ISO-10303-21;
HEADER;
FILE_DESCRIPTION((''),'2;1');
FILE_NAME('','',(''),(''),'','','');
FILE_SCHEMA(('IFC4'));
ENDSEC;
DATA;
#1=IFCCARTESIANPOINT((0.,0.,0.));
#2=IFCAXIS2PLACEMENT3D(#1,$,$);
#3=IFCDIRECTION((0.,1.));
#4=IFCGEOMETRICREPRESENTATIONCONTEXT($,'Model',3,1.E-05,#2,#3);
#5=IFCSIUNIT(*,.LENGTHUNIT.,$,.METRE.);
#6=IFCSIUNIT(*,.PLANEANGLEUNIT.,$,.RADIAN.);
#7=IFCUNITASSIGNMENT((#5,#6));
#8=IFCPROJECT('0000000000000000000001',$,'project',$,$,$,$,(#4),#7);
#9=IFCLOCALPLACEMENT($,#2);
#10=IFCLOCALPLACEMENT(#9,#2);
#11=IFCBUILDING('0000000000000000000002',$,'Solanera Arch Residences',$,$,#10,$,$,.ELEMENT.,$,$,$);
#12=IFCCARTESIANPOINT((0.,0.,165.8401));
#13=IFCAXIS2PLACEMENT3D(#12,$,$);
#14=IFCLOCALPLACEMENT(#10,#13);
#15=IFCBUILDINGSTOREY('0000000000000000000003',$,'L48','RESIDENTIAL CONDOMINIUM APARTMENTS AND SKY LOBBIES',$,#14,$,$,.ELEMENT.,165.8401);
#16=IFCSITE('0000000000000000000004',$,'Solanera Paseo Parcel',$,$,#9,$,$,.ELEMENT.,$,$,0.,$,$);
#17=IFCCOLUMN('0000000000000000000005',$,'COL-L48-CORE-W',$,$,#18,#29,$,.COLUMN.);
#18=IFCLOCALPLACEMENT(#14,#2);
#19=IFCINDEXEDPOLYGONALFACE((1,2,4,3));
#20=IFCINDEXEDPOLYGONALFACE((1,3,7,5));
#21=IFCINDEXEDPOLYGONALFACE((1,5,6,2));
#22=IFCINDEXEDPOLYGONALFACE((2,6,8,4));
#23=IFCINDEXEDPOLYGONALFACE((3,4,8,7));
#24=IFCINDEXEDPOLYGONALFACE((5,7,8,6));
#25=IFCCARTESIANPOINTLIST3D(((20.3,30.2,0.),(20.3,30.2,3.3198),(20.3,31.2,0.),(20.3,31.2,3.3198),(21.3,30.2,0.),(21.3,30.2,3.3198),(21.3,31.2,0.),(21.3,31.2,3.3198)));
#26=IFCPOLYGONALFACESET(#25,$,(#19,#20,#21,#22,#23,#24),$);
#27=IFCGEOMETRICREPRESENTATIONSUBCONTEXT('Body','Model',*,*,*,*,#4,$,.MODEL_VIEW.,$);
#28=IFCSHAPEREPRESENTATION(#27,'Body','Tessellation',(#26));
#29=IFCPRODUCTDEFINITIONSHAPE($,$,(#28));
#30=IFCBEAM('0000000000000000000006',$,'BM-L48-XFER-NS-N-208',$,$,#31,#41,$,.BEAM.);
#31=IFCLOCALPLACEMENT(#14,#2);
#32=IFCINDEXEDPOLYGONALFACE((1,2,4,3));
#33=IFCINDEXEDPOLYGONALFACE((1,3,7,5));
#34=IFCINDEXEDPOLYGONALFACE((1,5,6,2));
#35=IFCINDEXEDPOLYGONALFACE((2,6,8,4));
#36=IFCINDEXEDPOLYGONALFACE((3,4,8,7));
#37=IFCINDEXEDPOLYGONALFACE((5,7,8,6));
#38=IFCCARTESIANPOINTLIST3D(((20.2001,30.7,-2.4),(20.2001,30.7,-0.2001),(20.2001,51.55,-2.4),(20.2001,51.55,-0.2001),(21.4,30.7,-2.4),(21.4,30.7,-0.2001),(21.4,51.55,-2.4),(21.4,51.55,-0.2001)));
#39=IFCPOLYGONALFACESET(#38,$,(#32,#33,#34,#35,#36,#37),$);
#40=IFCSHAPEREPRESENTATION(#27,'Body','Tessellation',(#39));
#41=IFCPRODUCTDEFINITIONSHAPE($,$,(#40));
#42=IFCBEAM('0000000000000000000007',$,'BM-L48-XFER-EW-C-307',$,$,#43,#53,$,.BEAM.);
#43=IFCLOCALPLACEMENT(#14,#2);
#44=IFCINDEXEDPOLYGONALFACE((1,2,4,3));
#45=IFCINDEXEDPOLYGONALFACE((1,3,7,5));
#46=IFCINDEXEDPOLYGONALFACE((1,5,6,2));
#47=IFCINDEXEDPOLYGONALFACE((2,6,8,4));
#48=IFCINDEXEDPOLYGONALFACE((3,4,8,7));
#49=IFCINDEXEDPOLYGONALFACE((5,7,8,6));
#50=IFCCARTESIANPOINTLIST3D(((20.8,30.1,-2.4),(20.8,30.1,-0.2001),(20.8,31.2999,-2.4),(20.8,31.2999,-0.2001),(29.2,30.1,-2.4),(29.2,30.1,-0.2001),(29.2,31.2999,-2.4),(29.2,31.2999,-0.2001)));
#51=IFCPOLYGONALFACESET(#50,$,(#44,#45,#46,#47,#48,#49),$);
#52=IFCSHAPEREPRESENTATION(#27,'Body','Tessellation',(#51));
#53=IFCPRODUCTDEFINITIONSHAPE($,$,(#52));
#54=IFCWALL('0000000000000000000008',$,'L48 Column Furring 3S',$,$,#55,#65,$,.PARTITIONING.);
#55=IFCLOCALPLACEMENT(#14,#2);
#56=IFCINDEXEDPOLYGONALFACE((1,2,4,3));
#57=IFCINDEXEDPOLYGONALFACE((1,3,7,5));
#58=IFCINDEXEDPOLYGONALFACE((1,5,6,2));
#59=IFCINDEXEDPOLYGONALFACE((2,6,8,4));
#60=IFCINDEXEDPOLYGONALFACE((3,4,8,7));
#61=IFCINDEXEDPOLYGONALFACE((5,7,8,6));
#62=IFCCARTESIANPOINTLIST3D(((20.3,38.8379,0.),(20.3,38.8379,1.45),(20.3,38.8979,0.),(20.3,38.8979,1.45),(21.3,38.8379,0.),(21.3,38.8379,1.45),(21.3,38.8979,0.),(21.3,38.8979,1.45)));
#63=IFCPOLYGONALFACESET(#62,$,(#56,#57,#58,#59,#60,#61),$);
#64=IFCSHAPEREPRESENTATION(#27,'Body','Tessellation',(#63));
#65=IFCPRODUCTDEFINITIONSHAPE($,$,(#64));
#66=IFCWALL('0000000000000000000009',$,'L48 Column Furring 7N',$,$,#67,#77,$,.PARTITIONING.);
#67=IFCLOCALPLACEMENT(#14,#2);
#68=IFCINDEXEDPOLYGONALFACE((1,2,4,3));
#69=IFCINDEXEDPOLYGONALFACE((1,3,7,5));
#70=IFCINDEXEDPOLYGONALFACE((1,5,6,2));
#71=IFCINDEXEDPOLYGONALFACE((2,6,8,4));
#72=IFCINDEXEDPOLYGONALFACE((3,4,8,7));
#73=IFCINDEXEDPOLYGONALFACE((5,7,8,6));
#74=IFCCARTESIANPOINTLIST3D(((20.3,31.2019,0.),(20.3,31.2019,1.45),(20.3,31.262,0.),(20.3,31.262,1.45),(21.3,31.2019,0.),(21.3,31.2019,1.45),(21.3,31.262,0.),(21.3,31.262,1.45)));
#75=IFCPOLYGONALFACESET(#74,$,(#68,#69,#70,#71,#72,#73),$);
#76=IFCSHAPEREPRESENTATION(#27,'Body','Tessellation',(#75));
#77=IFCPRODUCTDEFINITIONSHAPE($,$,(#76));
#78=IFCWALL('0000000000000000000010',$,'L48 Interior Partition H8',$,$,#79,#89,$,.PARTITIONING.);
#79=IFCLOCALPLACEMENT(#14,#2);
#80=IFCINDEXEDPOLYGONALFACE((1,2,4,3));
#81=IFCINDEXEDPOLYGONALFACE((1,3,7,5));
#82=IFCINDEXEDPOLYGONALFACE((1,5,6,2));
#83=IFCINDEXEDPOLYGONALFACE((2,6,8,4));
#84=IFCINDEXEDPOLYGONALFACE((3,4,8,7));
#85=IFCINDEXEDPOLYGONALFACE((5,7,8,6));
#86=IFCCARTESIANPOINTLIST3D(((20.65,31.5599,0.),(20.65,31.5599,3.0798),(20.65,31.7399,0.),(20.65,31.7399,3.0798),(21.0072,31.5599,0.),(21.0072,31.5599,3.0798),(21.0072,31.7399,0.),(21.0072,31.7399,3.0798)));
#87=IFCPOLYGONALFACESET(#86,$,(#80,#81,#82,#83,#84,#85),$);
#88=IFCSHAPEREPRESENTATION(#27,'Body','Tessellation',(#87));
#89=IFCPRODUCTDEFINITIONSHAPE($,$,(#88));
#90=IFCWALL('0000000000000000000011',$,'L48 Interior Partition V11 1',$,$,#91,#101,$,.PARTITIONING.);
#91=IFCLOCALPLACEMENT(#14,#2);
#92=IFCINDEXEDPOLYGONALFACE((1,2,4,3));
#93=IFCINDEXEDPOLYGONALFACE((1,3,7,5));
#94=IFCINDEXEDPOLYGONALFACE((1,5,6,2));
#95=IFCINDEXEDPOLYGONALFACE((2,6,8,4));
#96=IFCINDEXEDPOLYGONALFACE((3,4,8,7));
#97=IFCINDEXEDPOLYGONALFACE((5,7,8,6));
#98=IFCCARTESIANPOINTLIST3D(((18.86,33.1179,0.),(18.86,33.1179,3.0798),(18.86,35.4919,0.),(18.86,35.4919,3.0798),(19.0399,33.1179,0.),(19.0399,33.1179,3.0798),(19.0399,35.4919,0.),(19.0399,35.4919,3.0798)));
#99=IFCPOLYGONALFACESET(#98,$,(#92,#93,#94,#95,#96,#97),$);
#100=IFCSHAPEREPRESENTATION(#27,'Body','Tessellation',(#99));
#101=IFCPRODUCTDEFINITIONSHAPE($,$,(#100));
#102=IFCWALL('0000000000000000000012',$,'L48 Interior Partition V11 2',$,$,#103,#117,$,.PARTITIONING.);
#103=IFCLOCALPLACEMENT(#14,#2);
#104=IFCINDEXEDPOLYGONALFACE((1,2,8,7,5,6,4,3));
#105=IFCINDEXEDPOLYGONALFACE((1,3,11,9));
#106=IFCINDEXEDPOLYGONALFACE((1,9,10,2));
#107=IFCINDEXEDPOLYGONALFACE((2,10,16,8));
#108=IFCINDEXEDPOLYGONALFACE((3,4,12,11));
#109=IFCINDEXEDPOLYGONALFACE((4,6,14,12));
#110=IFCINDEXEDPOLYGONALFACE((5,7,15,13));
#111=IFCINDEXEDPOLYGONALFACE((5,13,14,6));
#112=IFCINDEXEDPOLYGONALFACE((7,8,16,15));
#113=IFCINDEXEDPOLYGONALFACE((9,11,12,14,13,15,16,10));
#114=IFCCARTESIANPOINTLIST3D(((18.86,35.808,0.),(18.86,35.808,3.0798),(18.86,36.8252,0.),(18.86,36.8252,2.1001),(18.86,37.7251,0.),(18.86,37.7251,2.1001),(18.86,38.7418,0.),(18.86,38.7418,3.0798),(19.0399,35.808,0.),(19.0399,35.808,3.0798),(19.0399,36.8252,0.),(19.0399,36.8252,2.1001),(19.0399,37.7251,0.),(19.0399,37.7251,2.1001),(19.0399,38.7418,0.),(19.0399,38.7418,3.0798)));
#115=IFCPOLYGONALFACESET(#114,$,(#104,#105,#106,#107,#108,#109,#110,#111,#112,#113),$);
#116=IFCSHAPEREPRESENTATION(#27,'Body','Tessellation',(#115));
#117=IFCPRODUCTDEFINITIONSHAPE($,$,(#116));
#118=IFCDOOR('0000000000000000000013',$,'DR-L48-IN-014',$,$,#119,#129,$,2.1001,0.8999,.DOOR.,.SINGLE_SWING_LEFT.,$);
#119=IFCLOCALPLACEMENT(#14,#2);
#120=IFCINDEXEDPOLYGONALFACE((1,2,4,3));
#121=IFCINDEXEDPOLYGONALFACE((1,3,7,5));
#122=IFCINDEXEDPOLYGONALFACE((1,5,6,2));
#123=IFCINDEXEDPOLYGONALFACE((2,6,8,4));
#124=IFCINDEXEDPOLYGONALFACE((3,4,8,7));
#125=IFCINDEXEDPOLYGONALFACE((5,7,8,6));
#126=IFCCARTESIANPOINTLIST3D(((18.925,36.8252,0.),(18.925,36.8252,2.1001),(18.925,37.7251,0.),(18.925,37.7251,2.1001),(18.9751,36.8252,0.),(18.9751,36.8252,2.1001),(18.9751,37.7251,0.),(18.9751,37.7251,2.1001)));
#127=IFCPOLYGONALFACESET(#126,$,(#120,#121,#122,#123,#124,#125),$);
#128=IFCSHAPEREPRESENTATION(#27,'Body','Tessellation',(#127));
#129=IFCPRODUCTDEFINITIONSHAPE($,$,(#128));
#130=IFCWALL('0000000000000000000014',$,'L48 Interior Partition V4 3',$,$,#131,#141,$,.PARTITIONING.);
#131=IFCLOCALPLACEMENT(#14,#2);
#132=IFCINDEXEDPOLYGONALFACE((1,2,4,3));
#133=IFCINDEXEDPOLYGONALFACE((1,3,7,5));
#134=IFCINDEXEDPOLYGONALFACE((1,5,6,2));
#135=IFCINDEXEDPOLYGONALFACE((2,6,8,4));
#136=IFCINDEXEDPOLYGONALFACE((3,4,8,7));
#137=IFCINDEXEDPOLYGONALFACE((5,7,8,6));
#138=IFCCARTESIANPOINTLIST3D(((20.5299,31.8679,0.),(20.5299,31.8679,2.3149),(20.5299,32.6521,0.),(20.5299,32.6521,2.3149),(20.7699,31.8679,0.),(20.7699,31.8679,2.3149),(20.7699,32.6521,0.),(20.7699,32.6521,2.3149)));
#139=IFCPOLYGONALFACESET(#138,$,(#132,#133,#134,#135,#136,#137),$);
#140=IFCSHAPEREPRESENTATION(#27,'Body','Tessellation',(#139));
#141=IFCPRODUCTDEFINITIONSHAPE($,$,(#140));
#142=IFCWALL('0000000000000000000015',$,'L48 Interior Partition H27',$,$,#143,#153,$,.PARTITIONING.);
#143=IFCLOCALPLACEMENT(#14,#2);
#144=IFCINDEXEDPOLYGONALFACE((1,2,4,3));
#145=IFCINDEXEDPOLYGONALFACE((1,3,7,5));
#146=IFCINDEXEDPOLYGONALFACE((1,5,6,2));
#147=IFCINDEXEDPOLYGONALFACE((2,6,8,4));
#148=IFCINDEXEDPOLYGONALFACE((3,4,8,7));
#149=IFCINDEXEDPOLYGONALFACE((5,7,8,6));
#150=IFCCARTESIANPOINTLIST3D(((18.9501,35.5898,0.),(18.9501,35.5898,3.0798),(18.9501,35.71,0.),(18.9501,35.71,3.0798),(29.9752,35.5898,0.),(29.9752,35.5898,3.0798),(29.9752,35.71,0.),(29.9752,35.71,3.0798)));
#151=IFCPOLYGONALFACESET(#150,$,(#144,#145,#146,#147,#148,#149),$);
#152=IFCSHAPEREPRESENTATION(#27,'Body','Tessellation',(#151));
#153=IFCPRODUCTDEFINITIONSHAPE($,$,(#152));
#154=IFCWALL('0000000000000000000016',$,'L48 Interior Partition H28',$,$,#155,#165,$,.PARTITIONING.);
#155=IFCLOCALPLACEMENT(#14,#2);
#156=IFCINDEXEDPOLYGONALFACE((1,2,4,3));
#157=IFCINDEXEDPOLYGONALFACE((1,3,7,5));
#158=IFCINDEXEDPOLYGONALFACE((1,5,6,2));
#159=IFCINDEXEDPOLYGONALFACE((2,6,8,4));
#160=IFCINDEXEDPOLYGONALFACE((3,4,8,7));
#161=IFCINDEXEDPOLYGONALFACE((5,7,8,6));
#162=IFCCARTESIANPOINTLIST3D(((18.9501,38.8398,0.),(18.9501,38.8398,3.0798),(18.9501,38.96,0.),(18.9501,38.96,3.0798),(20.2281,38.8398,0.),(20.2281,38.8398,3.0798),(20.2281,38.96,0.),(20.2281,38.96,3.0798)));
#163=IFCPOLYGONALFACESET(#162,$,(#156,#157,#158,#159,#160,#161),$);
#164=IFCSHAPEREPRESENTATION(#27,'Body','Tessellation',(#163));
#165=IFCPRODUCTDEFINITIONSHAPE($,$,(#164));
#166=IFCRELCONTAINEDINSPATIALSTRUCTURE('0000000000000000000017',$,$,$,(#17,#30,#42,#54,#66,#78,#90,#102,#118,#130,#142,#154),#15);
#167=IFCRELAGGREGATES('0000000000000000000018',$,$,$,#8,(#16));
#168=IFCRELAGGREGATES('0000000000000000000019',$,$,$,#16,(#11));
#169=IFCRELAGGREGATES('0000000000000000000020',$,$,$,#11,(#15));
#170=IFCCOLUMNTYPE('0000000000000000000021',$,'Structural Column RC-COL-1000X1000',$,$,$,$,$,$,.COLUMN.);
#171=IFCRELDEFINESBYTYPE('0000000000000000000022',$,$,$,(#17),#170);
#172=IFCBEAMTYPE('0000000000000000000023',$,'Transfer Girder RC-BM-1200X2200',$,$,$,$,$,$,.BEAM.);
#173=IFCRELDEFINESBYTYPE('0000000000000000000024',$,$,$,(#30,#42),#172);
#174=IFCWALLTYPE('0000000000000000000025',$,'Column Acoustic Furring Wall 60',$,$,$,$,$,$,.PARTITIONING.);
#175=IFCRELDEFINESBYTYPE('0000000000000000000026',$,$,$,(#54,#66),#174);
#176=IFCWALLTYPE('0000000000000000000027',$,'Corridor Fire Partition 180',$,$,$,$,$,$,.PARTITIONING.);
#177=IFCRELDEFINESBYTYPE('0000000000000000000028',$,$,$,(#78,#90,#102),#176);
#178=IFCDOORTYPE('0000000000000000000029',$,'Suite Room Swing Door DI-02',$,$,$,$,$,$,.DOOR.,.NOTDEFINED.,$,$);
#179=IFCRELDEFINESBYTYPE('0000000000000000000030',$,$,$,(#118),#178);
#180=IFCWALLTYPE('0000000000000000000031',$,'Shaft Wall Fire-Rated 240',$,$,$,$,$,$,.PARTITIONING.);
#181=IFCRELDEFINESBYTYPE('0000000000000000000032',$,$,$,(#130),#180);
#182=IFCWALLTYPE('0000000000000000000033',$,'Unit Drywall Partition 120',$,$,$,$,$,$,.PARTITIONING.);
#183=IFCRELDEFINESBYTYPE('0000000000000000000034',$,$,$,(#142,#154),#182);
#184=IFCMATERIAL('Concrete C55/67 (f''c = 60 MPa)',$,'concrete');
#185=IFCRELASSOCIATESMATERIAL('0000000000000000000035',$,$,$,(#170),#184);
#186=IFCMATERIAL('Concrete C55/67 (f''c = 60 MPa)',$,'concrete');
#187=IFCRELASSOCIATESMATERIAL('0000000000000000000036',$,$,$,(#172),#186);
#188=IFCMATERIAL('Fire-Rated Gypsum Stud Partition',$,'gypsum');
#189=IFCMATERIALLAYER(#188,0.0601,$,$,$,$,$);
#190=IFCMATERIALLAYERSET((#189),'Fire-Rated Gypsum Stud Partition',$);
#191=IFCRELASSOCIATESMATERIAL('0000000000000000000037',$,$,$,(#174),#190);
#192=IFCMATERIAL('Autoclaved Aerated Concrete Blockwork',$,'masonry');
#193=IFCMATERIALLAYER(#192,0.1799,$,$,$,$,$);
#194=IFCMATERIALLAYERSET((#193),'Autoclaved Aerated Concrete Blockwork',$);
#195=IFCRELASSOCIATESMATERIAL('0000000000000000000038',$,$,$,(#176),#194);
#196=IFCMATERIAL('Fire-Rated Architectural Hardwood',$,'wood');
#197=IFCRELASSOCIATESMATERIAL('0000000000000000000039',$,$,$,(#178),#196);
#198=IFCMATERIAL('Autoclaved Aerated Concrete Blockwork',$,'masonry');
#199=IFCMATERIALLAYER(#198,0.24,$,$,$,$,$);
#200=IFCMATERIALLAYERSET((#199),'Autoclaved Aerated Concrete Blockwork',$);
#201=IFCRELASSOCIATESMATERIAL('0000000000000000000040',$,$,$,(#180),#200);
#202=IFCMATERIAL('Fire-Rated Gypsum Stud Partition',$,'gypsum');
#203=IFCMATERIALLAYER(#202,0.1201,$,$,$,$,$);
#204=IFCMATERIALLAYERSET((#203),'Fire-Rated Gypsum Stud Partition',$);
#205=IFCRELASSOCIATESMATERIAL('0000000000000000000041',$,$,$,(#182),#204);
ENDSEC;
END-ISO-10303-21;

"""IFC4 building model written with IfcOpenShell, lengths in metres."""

from ifc_helpers import new_model, si_unit, direction, frame, frame_2d, origin, origin_2d, place, context, subcontext, project, spatial, rectangle, extrude, material, layer, layer_set, material_profile, profile_set, type_object, element, fill, save


model = new_model("IFC4")

# Units and contexts
model_context = context("Model", 3, precision=1e-05, world=origin(), true_north=direction((0.0, 1.0)))
body_context = subcontext(model_context, "Body", "Model", "MODEL_VIEW")
ifc_project = project(units=[si_unit("LENGTHUNIT", "METRE"), si_unit("PLANEANGLEUNIT", "RADIAN")], contexts=[model_context])

# Site, building, storey
site_placement = place(None, origin())
site = spatial("IfcSite", under=ifc_project, at=site_placement, Name="Solanera Paseo Parcel", CompositionType="ELEMENT", RefElevation=0.0)
building_placement = place(site_placement, origin())
building = spatial("IfcBuilding", under=site, at=building_placement, Name="Solanera Arch Residences", CompositionType="ELEMENT")
storey_placement = place(building_placement, frame((0.0, 0.0, 165.8401)))
storey = spatial("IfcBuildingStorey", under=building, at=storey_placement, Name="L48", Description="RESIDENTIAL CONDOMINIUM APARTMENTS AND SKY LOBBIES", CompositionType="ELEMENT", Elevation=165.8401)

# Column
ifc_material_1 = material(Name="Concrete C55/67 (f'c = 60 MPa)", Category="concrete")
ifc_material_profile_1 = material_profile(ifc_material_1, rectangle(XDim=1.0, YDim=1.0, at=origin_2d()))
ifc_profile_set_1 = profile_set([ifc_material_profile_1], Name="Concrete C55/67 (f'c = 60 MPa)")
column_type = type_object("IfcColumnType", Name="Structural Column RC-COL-1000X1000", PredefinedType="COLUMN", material=ifc_profile_set_1)
column_placement = place(storey_placement, frame((20.8, 30.7, 0.0), z_axis=(0.0, 0.0, 1.0), x_axis=(1.0, 0.0, 0.0)))
element("IfcColumn", 1, at=column_placement, inside=storey, type_object=column_type, Name="COL-L48-CORE-W", PredefinedType="COLUMN", context=body_context, shape_type="SweptSolid", body=[
    extrude(rectangle(XDim=1.0, YDim=1.0, at=origin_2d()), origin(), (0.0, 0.0, 1.0), 3.3198),
])

# Beams
ifc_material_2 = material(Name="Concrete C55/67 (f'c = 60 MPa)", Category="concrete")
ifc_material_profile_2 = material_profile(ifc_material_2, rectangle(XDim=1.2, YDim=2.2, at=origin_2d()))
ifc_profile_set_2 = profile_set([ifc_material_profile_2], Name="Concrete C55/67 (f'c = 60 MPa)")
beam_type = type_object("IfcBeamType", Name="Transfer Girder RC-BM-1200X2200", PredefinedType="BEAM", material=ifc_profile_set_2)
beam_1_placement = place(storey_placement, frame((20.8, 30.7, -1.3), z_axis=(0.0, 1.0, 0.0), x_axis=(-1.0, 0.0, 0.0)))
element("IfcBeam", 2, at=beam_1_placement, inside=storey, type_object=beam_type, Name="BM-L48-XFER-NS-N-208", PredefinedType="BEAM", context=body_context, shape_type="SweptSolid", body=[
    extrude(rectangle(XDim=1.2, YDim=2.2, at=origin_2d()), origin(), (0.0, 0.0, 1.0), 20.8501),
])
beam_2_placement = place(storey_placement, frame((20.8, 30.7, -1.3), z_axis=(1.0, 0.0, 0.0), x_axis=(0.0, 1.0, 0.0)))
element("IfcBeam", 3, at=beam_2_placement, inside=storey, type_object=beam_type, Name="BM-L48-XFER-EW-C-307", PredefinedType="BEAM", context=body_context, shape_type="SweptSolid", body=[
    extrude(rectangle(XDim=1.2, YDim=2.2, at=origin_2d()), origin(), (0.0, 0.0, 1.0), 8.3999),
])

# Walls
ifc_material_3 = material(Name="Fire-Rated Gypsum Stud Partition", Category="gypsum")
ifc_layer_1 = layer(ifc_material_3, 0.0601)
ifc_layer_set_1 = layer_set([ifc_layer_1], Name="Fire-Rated Gypsum Stud Partition")
wall_type_1 = type_object("IfcWallType", Name="Column Acoustic Furring Wall 60", PredefinedType="PARTITIONING", material=ifc_layer_set_1)
for number, where, z_axis, x_axis, name in (
    (4, (20.3, 38.8679, 0.0), (0.0, 0.0, 1.0), (1.0, 0.0, 0.0), "L48 Column Furring 3S"),
    (5, (20.3, 31.2319, 0.0), (0.0, 0.0, 1.0), (1.0, 0.0, 0.0), "L48 Column Furring 7N"),
):
    element("IfcWall", number, at=place(storey_placement, frame(where, z_axis=z_axis, x_axis=x_axis)), inside=storey, type_object=wall_type_1, Name=name, PredefinedType="PARTITIONING", context=body_context, shape_type="SweptSolid", body=[
        extrude(rectangle(XDim=1.0, YDim=0.0601, at=frame_2d((0.5, 0.0))), origin(), (0.0, 0.0, 1.0), 1.45),
    ])

# Walls
ifc_material_4 = material(Name="Autoclaved Aerated Concrete Blockwork", Category="masonry")
ifc_layer_2 = layer(ifc_material_4, 0.1799)
ifc_layer_set_2 = layer_set([ifc_layer_2], Name="Autoclaved Aerated Concrete Blockwork")
wall_type_2 = type_object("IfcWallType", Name="Corridor Fire Partition 180", PredefinedType="PARTITIONING", material=ifc_layer_set_2)
wall_1_placement = place(storey_placement, frame((20.6499, 31.6499, 0.0), z_axis=(0.0, 0.0, 1.0), x_axis=(1.0, 0.0, 0.0)))
element("IfcWall", 6, at=wall_1_placement, inside=storey, type_object=wall_type_2, Name="L48 Interior Partition H8", PredefinedType="PARTITIONING", context=body_context, shape_type="SweptSolid", body=[
    extrude(rectangle(XDim=0.3572, YDim=0.1799, at=frame_2d((0.1787, 0.0))), origin(), (0.0, 0.0, 1.0), 3.0798),
])
wall_2_placement = place(storey_placement, frame((18.95, 33.1179, 0.0), z_axis=(0.0, 0.0, 1.0), x_axis=(0.0, 1.0, 0.0)))
element("IfcWall", 7, at=wall_2_placement, inside=storey, type_object=wall_type_2, Name="L48 Interior Partition V11 1", PredefinedType="PARTITIONING", context=body_context, shape_type="SweptSolid", body=[
    extrude(rectangle(XDim=2.374, YDim=0.1799, at=frame_2d((1.187, 0.0))), origin(), (0.0, 0.0, 1.0), 3.0798),
])

# Wall, opening, door
wall_3_placement = place(storey_placement, frame((18.95, 35.8081, 0.0), z_axis=(0.0, 0.0, 1.0), x_axis=(0.0, 1.0, 0.0)))
wall_3 = element("IfcWall", 8, at=wall_3_placement, inside=storey, type_object=wall_type_2, Name="L48 Interior Partition V11 2", PredefinedType="PARTITIONING", context=body_context, shape_type="SweptSolid", body=[
    extrude(rectangle(XDim=2.9338, YDim=0.1799, at=frame_2d((1.4668, 0.0))), origin(), (0.0, 0.0, 1.0), 3.0798),
])
opening_1_placement = place(wall_3_placement, frame((1.0171, 0.0, 0.0)))
opening_1 = element("IfcOpeningElement", 9, at=opening_1_placement, cuts=wall_3, PredefinedType="OPENING", context=body_context, shape_type="SweptSolid", body=[
    extrude(rectangle(XDim=0.8999, YDim=2.1001, at=frame_2d((0.45, 1.05))), frame((0.0, 0.1001, 0.0), z_axis=(0.0, -1.0, 0.0), x_axis=(1.0, 0.0, 0.0)), (0.0, 0.0, 1.0), 0.1999),
])
ifc_material_5 = material(Name="Fire-Rated Architectural Hardwood", Category="wood")
door_type_1 = type_object("IfcDoorType", Name="Suite Room Swing Door DI-02", OperationType="NOTDEFINED", PredefinedType="DOOR", material=ifc_material_5)
door_1_placement = place(opening_1_placement, origin())
door_1 = element("IfcDoor", 10, at=door_1_placement, inside=storey, type_object=door_type_1, Name="DR-L48-IN-014", OperationType="SINGLE_SWING_LEFT", OverallHeight=2.1001, OverallWidth=0.8999, PredefinedType="DOOR", context=body_context, shape_type="SweptSolid", body=[
    extrude(rectangle(XDim=0.8999, YDim=2.1001, at=frame_2d((0.45, 1.05))), frame((0.0, 0.0249, 0.0), z_axis=(0.0, -1.0, 0.0), x_axis=(1.0, 0.0, 0.0)), (0.0, 0.0, 1.0), 0.05),
])
fill(opening_1, door_1)
ifc_material_6 = material(Name="Autoclaved Aerated Concrete Blockwork", Category="masonry")
ifc_layer_3 = layer(ifc_material_6, 0.24)
ifc_layer_set_3 = layer_set([ifc_layer_3], Name="Autoclaved Aerated Concrete Blockwork")
wall_type_3 = type_object("IfcWallType", Name="Shaft Wall Fire-Rated 240", PredefinedType="PARTITIONING", material=ifc_layer_set_3)

# Walls
wall_4_placement = place(storey_placement, frame((20.6499, 31.8679, 0.0), z_axis=(0.0, 0.0, 1.0), x_axis=(0.0, 1.0, 0.0)))
element("IfcWall", 11, at=wall_4_placement, inside=storey, type_object=wall_type_3, Name="L48 Interior Partition V4 3", PredefinedType="PARTITIONING", context=body_context, shape_type="SweptSolid", body=[
    extrude(rectangle(XDim=0.7842, YDim=0.24, at=frame_2d((0.3921, 0.0))), origin(), (0.0, 0.0, 1.0), 2.3149),
])
ifc_material_7 = material(Name="Fire-Rated Gypsum Stud Partition", Category="gypsum")
ifc_layer_4 = layer(ifc_material_7, 0.1201)
ifc_layer_set_4 = layer_set([ifc_layer_4], Name="Fire-Rated Gypsum Stud Partition")
wall_type_4 = type_object("IfcWallType", Name="Unit Drywall Partition 120", PredefinedType="PARTITIONING", material=ifc_layer_set_4)
wall_5_placement = place(storey_placement, frame((18.95, 35.6499, 0.0), z_axis=(0.0, 0.0, 1.0), x_axis=(1.0, 0.0, 0.0)))
element("IfcWall", 12, at=wall_5_placement, inside=storey, type_object=wall_type_4, Name="L48 Interior Partition H27", PredefinedType="PARTITIONING", context=body_context, shape_type="SweptSolid", body=[
    extrude(rectangle(XDim=11.0251, YDim=0.1201, at=frame_2d((5.5127, 0.0))), origin(), (0.0, 0.0, 1.0), 3.0798),
])
wall_6_placement = place(storey_placement, frame((18.95, 38.8999, 0.0), z_axis=(0.0, 0.0, 1.0), x_axis=(1.0, 0.0, 0.0)))
element("IfcWall", 13, at=wall_6_placement, inside=storey, type_object=wall_type_4, Name="L48 Interior Partition H28", PredefinedType="PARTITIONING", context=body_context, shape_type="SweptSolid", body=[
    extrude(rectangle(XDim=1.2781, YDim=0.1201, at=frame_2d((0.6392, 0.0))), origin(), (0.0, 0.0, 1.0), 3.0798),
])

save(model, "model.ifc")
